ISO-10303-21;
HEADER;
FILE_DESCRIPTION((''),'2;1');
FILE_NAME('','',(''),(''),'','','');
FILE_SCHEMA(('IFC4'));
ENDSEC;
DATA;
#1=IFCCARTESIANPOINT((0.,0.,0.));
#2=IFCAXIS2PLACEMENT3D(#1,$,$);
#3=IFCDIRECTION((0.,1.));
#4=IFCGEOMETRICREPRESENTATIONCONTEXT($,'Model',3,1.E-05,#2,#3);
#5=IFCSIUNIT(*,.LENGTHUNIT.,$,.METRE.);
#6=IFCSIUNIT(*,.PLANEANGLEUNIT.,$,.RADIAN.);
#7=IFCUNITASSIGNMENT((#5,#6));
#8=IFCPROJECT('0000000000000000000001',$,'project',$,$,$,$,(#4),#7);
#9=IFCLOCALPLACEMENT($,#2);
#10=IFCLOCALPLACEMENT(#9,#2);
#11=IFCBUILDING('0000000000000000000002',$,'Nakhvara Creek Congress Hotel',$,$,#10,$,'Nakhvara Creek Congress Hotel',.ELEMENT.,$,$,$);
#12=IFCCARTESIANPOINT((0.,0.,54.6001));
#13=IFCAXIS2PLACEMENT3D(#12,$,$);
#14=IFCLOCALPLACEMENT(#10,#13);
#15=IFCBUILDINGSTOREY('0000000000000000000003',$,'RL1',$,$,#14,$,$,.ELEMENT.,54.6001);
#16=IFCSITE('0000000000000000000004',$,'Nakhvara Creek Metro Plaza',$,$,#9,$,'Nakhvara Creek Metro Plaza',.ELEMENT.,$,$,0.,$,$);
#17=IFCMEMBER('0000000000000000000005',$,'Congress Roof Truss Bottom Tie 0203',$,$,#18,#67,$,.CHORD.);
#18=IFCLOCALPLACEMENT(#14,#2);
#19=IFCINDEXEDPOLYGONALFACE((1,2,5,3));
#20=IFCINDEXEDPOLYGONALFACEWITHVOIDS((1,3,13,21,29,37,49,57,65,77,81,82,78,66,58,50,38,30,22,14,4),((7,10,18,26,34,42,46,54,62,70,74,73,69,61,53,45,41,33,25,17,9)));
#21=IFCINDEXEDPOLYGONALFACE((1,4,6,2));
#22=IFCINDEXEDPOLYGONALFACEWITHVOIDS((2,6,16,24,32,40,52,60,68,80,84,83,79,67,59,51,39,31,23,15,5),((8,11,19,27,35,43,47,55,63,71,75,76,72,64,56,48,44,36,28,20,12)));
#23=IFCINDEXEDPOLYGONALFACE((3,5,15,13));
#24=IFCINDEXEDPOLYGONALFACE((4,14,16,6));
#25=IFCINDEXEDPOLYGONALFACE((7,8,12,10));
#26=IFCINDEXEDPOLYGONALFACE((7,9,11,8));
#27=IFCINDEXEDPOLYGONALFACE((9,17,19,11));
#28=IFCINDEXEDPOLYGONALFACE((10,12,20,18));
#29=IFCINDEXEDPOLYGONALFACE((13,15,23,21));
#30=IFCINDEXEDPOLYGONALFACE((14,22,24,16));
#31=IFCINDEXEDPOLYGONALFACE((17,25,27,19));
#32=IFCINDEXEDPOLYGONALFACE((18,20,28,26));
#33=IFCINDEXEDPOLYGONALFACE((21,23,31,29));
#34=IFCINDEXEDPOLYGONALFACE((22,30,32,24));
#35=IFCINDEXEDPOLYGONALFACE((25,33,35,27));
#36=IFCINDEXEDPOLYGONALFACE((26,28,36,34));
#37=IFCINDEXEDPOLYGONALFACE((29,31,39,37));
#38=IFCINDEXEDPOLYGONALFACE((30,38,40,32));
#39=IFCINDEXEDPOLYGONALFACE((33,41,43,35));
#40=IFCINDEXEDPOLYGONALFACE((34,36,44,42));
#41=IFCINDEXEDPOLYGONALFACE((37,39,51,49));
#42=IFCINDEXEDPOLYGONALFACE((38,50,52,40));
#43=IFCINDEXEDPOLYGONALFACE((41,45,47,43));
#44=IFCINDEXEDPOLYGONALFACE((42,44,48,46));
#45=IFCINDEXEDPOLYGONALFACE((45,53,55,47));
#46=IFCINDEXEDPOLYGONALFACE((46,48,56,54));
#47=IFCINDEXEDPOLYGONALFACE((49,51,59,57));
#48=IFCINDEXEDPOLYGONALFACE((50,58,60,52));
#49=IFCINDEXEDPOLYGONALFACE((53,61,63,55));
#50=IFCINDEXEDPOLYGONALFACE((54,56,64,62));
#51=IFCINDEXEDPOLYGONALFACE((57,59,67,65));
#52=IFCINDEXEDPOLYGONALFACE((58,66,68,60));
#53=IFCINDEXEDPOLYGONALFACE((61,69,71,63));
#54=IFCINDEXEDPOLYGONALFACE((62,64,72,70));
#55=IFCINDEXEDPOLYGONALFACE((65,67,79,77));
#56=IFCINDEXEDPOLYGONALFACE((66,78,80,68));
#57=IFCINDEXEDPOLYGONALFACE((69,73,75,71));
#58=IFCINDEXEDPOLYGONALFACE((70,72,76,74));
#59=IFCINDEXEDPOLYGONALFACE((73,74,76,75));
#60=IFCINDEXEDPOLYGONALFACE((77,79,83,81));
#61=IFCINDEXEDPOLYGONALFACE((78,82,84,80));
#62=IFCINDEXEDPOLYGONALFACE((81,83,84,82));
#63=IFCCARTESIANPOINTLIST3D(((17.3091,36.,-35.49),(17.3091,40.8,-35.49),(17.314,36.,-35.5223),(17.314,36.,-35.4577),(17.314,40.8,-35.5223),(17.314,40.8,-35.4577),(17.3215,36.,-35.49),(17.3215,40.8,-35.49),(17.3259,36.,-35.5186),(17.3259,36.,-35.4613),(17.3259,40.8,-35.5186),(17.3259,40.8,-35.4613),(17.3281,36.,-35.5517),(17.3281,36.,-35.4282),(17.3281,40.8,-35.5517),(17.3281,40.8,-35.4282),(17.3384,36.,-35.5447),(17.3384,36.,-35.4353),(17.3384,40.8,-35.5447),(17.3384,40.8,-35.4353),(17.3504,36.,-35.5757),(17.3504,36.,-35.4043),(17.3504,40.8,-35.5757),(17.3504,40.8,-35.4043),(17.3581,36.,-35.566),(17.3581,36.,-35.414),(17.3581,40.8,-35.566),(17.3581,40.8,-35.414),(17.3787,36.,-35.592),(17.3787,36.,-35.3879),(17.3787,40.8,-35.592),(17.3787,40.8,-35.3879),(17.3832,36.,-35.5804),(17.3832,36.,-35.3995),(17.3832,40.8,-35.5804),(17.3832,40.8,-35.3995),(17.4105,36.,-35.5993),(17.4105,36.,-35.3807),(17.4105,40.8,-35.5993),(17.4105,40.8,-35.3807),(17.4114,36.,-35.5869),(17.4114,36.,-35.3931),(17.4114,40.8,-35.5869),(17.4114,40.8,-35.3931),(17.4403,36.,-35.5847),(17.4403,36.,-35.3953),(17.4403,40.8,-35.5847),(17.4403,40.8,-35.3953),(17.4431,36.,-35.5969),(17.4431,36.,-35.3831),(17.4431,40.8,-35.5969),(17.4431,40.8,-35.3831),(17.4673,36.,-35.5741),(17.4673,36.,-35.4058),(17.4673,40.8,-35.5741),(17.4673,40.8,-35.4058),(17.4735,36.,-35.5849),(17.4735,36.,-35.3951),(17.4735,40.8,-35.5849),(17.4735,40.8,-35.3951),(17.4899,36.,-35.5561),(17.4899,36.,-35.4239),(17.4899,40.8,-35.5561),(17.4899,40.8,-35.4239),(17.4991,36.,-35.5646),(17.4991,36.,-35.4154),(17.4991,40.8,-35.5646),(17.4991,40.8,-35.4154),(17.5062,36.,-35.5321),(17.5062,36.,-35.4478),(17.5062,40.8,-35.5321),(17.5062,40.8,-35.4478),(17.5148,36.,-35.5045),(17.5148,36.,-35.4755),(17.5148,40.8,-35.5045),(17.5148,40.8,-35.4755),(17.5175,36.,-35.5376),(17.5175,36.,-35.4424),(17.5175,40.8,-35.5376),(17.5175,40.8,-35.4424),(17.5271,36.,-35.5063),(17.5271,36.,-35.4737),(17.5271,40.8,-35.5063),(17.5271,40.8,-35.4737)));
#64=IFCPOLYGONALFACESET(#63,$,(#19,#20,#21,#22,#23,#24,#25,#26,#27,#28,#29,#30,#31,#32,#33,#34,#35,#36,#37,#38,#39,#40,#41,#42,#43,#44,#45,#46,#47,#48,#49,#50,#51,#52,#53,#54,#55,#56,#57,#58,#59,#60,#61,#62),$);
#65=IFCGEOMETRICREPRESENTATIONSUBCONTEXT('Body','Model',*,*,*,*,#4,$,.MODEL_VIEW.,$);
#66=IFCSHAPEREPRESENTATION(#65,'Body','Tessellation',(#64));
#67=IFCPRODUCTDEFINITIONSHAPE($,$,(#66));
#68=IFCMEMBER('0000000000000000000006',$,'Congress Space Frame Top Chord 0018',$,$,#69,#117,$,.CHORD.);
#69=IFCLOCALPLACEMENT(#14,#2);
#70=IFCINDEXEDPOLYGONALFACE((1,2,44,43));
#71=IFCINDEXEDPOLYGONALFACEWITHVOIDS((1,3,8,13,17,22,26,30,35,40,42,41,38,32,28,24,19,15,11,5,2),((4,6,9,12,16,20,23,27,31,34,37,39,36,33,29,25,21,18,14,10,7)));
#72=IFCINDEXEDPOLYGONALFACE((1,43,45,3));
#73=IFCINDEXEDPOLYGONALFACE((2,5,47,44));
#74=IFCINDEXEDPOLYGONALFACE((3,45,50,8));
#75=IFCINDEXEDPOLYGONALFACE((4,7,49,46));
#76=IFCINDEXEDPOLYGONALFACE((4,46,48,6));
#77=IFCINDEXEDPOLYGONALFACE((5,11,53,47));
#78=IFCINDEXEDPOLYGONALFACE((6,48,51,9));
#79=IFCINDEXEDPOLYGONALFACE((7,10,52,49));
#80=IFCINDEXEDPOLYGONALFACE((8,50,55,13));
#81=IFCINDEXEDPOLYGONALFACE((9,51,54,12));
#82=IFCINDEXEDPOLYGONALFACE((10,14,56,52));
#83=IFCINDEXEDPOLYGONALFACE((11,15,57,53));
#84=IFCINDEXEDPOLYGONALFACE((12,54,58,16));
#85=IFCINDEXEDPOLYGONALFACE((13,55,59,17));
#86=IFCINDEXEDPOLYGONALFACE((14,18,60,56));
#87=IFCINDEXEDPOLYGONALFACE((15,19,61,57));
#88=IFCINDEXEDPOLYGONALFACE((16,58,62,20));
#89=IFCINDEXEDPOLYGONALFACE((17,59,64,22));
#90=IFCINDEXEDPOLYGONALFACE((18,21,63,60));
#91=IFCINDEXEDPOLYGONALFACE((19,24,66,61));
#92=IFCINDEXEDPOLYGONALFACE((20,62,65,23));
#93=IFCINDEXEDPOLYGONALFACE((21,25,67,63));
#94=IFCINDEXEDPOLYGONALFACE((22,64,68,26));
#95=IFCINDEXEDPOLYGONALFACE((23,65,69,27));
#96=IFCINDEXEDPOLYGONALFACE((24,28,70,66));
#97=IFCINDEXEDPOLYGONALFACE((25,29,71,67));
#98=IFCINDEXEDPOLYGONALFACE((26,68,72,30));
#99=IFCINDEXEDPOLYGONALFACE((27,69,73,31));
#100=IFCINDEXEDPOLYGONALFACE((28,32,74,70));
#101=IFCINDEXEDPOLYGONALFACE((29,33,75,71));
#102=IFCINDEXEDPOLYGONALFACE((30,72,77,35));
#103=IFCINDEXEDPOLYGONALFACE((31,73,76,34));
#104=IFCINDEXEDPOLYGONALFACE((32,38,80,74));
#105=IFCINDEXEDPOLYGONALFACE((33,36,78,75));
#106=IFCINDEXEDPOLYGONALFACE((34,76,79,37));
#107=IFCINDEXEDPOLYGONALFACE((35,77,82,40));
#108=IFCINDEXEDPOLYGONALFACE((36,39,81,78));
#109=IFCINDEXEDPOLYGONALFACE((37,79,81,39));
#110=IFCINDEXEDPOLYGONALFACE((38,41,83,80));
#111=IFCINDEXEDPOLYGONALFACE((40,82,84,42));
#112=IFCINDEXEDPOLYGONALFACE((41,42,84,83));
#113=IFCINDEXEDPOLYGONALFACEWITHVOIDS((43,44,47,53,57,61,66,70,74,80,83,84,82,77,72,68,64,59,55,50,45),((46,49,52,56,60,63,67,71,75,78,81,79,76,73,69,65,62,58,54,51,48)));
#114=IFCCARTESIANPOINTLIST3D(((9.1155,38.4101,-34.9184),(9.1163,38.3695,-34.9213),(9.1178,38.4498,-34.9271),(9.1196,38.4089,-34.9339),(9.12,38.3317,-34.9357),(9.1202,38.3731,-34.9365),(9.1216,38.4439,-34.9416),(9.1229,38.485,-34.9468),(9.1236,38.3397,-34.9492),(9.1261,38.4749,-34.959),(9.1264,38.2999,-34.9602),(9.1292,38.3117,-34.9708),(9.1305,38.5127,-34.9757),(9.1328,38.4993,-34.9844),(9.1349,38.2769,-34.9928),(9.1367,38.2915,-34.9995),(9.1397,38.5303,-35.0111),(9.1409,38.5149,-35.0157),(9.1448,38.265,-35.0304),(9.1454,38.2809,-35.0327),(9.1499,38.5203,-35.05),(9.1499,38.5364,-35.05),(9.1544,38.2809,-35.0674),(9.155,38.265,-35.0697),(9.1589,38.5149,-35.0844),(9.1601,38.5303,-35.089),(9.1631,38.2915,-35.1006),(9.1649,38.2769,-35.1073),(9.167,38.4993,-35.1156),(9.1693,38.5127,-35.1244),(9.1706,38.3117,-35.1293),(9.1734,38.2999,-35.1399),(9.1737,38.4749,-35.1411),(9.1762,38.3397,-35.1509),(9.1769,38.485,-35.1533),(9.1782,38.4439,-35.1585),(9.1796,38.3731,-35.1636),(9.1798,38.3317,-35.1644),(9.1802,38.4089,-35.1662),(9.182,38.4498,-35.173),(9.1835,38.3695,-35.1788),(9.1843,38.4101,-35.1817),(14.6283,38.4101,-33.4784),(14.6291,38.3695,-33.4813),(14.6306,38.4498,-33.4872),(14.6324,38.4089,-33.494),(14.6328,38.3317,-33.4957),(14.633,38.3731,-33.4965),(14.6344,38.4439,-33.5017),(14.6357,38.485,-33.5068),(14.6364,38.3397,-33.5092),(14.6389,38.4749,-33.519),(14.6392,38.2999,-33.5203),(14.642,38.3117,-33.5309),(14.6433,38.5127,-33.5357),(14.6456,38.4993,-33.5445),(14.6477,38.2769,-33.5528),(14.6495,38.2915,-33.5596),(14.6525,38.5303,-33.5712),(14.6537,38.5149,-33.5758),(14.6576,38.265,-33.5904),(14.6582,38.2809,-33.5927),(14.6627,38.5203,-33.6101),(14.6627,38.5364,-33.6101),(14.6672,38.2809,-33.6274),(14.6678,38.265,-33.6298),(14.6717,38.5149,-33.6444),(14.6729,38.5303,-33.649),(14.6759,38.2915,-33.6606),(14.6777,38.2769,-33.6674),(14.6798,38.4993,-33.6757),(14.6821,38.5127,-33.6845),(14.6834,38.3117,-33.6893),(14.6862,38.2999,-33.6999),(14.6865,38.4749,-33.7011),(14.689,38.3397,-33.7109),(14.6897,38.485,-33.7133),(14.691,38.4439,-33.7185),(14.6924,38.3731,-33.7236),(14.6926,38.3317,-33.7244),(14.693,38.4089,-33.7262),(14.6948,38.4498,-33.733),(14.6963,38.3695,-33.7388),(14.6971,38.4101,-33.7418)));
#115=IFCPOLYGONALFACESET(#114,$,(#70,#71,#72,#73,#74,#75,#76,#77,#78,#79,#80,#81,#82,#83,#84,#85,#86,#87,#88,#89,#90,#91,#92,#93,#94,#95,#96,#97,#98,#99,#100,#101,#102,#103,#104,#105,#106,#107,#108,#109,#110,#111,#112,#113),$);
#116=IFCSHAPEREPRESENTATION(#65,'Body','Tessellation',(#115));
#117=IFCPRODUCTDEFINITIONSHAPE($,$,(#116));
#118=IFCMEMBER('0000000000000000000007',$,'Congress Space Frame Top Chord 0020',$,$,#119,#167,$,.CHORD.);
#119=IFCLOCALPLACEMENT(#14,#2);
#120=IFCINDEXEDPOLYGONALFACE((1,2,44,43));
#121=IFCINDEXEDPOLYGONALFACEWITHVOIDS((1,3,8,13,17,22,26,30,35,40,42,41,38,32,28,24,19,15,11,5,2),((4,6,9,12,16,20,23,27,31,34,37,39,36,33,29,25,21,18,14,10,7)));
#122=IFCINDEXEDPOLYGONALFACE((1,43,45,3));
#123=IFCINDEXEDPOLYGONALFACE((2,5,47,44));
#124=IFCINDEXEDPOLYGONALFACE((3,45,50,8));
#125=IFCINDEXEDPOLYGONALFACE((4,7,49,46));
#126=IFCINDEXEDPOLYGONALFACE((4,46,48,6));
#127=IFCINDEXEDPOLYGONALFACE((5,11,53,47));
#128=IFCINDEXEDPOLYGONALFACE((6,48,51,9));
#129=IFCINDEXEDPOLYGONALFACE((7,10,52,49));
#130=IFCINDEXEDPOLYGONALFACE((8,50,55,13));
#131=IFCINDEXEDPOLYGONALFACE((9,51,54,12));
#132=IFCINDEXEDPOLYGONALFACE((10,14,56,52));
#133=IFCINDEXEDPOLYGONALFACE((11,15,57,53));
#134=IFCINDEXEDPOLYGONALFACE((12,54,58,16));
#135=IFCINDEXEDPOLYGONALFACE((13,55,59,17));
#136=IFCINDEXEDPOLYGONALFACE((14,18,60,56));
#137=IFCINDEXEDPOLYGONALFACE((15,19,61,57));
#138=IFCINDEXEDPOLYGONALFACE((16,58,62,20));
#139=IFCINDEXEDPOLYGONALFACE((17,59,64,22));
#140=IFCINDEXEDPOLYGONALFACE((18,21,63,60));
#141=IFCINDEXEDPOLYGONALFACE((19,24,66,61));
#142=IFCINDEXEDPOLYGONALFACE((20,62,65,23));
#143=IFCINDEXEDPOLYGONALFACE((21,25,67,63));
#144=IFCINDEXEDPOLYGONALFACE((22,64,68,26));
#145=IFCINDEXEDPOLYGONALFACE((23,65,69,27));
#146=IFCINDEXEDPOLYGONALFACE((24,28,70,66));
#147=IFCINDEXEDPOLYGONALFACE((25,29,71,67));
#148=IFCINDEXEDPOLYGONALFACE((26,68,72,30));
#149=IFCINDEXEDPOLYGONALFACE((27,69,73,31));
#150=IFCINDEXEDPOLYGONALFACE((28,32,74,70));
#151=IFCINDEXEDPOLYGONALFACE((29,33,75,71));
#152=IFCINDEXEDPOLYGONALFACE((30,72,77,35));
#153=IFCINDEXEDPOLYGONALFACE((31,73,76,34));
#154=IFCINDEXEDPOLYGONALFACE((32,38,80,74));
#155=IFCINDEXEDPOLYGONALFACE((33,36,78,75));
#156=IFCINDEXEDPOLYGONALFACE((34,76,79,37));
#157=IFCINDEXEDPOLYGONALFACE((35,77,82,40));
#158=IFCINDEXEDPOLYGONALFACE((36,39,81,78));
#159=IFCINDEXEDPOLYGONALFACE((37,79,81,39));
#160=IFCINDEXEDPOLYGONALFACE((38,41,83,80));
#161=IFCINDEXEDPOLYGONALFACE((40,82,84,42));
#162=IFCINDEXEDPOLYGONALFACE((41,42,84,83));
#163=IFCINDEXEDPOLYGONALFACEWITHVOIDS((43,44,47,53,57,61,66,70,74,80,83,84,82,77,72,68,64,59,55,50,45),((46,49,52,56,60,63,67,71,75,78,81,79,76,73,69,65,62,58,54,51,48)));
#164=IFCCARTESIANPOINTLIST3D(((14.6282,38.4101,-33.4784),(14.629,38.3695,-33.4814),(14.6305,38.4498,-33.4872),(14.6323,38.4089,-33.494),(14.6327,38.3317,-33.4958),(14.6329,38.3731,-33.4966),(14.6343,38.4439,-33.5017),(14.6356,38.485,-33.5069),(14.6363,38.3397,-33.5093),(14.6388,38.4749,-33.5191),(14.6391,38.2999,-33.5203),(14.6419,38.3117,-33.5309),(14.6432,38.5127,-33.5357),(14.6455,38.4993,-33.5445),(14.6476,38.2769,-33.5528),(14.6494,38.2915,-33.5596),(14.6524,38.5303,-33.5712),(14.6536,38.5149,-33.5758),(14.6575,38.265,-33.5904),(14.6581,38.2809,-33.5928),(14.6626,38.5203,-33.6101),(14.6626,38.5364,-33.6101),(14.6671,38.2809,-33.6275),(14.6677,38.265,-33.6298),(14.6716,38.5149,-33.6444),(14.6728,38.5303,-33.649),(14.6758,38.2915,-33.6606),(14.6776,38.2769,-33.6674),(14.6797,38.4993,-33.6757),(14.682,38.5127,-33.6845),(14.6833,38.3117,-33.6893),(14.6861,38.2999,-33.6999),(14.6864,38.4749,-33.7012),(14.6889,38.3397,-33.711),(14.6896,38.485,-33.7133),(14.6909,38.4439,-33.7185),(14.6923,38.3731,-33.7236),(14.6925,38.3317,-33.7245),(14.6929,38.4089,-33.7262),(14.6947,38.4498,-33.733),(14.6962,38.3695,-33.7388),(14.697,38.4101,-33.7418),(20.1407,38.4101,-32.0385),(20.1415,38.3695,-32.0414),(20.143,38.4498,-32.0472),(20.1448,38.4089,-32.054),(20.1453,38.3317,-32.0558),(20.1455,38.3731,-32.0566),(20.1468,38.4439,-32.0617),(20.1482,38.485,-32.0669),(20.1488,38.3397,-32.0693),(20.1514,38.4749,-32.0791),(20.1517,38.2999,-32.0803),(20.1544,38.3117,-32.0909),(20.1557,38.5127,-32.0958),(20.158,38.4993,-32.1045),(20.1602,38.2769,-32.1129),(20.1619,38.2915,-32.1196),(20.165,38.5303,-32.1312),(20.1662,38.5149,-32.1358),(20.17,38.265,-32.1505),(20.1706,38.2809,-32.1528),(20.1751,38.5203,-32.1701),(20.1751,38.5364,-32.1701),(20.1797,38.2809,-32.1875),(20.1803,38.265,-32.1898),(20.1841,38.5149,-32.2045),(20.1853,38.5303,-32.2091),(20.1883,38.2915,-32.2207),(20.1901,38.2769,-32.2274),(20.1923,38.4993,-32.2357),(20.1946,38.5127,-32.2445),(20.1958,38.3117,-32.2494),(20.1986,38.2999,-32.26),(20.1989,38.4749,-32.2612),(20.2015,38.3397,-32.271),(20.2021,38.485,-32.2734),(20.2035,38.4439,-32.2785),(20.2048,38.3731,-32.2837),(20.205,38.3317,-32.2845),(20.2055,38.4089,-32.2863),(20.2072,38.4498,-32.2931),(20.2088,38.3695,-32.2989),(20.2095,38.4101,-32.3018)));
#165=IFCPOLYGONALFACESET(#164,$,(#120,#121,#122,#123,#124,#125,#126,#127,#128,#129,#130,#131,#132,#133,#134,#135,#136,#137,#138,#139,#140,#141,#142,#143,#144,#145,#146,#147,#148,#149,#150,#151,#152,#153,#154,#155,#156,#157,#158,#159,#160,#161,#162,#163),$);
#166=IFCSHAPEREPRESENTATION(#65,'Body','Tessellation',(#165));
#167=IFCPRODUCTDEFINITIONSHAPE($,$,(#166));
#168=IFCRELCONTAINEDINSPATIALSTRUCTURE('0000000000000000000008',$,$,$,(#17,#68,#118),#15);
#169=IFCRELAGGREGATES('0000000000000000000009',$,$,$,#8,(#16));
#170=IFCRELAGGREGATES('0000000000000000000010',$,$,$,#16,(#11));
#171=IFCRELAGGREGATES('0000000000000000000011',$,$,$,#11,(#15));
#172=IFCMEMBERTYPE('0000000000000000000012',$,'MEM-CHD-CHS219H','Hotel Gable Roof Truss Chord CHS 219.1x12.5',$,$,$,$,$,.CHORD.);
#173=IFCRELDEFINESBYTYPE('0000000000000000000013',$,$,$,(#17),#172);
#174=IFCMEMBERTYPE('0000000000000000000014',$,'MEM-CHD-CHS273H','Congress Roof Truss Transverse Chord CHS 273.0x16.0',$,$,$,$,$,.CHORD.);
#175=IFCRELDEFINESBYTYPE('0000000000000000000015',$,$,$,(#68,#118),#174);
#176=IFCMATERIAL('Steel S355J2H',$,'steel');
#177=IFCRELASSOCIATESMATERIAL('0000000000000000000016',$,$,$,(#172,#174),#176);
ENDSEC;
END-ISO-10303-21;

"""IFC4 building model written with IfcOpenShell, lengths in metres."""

from ifc_helpers import new_model, si_unit, direction, frame, origin, origin_2d, place, context, subcontext, project, spatial, hollow_circle, extrude, material, material_profile, profile_set, type_object, element, save


model = new_model("IFC4")

# Units and contexts
model_context = context("Model", 3, precision=1e-05, world=origin(), true_north=direction((0.0, 1.0)))
body_context = subcontext(model_context, "Body", "Model", "MODEL_VIEW")
ifc_project = project(units=[si_unit("LENGTHUNIT", "METRE"), si_unit("PLANEANGLEUNIT", "RADIAN")], contexts=[model_context])

# Site, building, storey
site_placement = place(None, origin())
site = spatial("IfcSite", under=ifc_project, at=site_placement, Name="Nakhvara Creek Metro Plaza", LongName="Nakhvara Creek Metro Plaza", CompositionType="ELEMENT", RefElevation=0.0)
building_placement = place(site_placement, origin())
building = spatial("IfcBuilding", under=site, at=building_placement, Name="Nakhvara Creek Congress Hotel", LongName="Nakhvara Creek Congress Hotel", CompositionType="ELEMENT")
storey_placement = place(building_placement, frame((0.0, 0.0, 54.6001)))
storey = spatial("IfcBuildingStorey", under=building, at=storey_placement, Name="RL1", CompositionType="ELEMENT", Elevation=54.6001)

# Members
ifc_material_1 = material(Name="Steel S355J2H", Category="steel")
ifc_material_profile_1 = material_profile(ifc_material_1, hollow_circle(Radius=0.1096, WallThickness=0.0125, at=origin_2d()), Name="CHS 219.1x12.5", Category="LoadBearing")
ifc_profile_set_1 = profile_set([ifc_material_profile_1], Name="Steel S355J2H")
member_type_1 = type_object("IfcMemberType", Name="MEM-CHD-CHS219H", Description="Hotel Gable Roof Truss Chord CHS 219.1x12.5", PredefinedType="CHORD", material=ifc_profile_set_1)
for number, where, z_axis, x_axis, name in (
    (1, (17.4187, 36.0, -35.49), (0.0, 1.0, 0.0), (-1.0, 0.0, 0.0), "Congress Roof Truss Bottom Tie 0203"),
):
    element("IfcMember", number, at=place(storey_placement, frame(where, z_axis=z_axis, x_axis=x_axis)), inside=storey, type_object=member_type_1, Name=name, PredefinedType="CHORD", context=body_context, shape_type="SweptSolid", body=[
        extrude(hollow_circle(Radius=0.1096, WallThickness=0.0125, at=origin_2d()), origin(), (0.0, 0.0, 1.0), 4.8),
    ])
ifc_material_profile_2 = material_profile(ifc_material_1, hollow_circle(Radius=0.1365, WallThickness=0.0161, at=origin_2d()), Name="CHS 273.0x16.0", Category="LoadBearing")
ifc_profile_set_2 = profile_set([ifc_material_profile_2], Name="Steel S355J2H")
member_type_2 = type_object("IfcMemberType", Name="MEM-CHD-CHS273H", Description="Congress Roof Truss Transverse Chord CHS 273.0x16.0", PredefinedType="CHORD", material=ifc_profile_set_2)
member_1_placement = place(storey_placement, frame((9.1499, 38.3999, -35.05), z_axis=(0.967538, 0.0, 0.252725), x_axis=(0.0, 1.0, 0.0)))
element("IfcMember", 2, at=member_1_placement, inside=storey, type_object=member_type_2, Name="Congress Space Frame Top Chord 0018", PredefinedType="CHORD", context=body_context, shape_type="SweptSolid", body=[
    extrude(hollow_circle(Radius=0.1365, WallThickness=0.0161, at=origin_2d()), origin(), (0.0, 0.0, 1.0), 5.6978),
])
for number, where, z_axis, x_axis, name in (
    (3, (14.6626, 38.3999, -33.6101), (0.967535, 0.0, 0.252736), (0.0, 1.0, 0.0), "Congress Space Frame Top Chord 0020"),
):
    element("IfcMember", number, at=place(storey_placement, frame(where, z_axis=z_axis, x_axis=x_axis)), inside=storey, type_object=member_type_2, Name=name, PredefinedType="CHORD", context=body_context, shape_type="SweptSolid", body=[
        extrude(hollow_circle(Radius=0.1365, WallThickness=0.0161, at=origin_2d()), origin(), (0.0, 0.0, 1.0), 5.6975),
    ])

save(model, "model.ifc")
